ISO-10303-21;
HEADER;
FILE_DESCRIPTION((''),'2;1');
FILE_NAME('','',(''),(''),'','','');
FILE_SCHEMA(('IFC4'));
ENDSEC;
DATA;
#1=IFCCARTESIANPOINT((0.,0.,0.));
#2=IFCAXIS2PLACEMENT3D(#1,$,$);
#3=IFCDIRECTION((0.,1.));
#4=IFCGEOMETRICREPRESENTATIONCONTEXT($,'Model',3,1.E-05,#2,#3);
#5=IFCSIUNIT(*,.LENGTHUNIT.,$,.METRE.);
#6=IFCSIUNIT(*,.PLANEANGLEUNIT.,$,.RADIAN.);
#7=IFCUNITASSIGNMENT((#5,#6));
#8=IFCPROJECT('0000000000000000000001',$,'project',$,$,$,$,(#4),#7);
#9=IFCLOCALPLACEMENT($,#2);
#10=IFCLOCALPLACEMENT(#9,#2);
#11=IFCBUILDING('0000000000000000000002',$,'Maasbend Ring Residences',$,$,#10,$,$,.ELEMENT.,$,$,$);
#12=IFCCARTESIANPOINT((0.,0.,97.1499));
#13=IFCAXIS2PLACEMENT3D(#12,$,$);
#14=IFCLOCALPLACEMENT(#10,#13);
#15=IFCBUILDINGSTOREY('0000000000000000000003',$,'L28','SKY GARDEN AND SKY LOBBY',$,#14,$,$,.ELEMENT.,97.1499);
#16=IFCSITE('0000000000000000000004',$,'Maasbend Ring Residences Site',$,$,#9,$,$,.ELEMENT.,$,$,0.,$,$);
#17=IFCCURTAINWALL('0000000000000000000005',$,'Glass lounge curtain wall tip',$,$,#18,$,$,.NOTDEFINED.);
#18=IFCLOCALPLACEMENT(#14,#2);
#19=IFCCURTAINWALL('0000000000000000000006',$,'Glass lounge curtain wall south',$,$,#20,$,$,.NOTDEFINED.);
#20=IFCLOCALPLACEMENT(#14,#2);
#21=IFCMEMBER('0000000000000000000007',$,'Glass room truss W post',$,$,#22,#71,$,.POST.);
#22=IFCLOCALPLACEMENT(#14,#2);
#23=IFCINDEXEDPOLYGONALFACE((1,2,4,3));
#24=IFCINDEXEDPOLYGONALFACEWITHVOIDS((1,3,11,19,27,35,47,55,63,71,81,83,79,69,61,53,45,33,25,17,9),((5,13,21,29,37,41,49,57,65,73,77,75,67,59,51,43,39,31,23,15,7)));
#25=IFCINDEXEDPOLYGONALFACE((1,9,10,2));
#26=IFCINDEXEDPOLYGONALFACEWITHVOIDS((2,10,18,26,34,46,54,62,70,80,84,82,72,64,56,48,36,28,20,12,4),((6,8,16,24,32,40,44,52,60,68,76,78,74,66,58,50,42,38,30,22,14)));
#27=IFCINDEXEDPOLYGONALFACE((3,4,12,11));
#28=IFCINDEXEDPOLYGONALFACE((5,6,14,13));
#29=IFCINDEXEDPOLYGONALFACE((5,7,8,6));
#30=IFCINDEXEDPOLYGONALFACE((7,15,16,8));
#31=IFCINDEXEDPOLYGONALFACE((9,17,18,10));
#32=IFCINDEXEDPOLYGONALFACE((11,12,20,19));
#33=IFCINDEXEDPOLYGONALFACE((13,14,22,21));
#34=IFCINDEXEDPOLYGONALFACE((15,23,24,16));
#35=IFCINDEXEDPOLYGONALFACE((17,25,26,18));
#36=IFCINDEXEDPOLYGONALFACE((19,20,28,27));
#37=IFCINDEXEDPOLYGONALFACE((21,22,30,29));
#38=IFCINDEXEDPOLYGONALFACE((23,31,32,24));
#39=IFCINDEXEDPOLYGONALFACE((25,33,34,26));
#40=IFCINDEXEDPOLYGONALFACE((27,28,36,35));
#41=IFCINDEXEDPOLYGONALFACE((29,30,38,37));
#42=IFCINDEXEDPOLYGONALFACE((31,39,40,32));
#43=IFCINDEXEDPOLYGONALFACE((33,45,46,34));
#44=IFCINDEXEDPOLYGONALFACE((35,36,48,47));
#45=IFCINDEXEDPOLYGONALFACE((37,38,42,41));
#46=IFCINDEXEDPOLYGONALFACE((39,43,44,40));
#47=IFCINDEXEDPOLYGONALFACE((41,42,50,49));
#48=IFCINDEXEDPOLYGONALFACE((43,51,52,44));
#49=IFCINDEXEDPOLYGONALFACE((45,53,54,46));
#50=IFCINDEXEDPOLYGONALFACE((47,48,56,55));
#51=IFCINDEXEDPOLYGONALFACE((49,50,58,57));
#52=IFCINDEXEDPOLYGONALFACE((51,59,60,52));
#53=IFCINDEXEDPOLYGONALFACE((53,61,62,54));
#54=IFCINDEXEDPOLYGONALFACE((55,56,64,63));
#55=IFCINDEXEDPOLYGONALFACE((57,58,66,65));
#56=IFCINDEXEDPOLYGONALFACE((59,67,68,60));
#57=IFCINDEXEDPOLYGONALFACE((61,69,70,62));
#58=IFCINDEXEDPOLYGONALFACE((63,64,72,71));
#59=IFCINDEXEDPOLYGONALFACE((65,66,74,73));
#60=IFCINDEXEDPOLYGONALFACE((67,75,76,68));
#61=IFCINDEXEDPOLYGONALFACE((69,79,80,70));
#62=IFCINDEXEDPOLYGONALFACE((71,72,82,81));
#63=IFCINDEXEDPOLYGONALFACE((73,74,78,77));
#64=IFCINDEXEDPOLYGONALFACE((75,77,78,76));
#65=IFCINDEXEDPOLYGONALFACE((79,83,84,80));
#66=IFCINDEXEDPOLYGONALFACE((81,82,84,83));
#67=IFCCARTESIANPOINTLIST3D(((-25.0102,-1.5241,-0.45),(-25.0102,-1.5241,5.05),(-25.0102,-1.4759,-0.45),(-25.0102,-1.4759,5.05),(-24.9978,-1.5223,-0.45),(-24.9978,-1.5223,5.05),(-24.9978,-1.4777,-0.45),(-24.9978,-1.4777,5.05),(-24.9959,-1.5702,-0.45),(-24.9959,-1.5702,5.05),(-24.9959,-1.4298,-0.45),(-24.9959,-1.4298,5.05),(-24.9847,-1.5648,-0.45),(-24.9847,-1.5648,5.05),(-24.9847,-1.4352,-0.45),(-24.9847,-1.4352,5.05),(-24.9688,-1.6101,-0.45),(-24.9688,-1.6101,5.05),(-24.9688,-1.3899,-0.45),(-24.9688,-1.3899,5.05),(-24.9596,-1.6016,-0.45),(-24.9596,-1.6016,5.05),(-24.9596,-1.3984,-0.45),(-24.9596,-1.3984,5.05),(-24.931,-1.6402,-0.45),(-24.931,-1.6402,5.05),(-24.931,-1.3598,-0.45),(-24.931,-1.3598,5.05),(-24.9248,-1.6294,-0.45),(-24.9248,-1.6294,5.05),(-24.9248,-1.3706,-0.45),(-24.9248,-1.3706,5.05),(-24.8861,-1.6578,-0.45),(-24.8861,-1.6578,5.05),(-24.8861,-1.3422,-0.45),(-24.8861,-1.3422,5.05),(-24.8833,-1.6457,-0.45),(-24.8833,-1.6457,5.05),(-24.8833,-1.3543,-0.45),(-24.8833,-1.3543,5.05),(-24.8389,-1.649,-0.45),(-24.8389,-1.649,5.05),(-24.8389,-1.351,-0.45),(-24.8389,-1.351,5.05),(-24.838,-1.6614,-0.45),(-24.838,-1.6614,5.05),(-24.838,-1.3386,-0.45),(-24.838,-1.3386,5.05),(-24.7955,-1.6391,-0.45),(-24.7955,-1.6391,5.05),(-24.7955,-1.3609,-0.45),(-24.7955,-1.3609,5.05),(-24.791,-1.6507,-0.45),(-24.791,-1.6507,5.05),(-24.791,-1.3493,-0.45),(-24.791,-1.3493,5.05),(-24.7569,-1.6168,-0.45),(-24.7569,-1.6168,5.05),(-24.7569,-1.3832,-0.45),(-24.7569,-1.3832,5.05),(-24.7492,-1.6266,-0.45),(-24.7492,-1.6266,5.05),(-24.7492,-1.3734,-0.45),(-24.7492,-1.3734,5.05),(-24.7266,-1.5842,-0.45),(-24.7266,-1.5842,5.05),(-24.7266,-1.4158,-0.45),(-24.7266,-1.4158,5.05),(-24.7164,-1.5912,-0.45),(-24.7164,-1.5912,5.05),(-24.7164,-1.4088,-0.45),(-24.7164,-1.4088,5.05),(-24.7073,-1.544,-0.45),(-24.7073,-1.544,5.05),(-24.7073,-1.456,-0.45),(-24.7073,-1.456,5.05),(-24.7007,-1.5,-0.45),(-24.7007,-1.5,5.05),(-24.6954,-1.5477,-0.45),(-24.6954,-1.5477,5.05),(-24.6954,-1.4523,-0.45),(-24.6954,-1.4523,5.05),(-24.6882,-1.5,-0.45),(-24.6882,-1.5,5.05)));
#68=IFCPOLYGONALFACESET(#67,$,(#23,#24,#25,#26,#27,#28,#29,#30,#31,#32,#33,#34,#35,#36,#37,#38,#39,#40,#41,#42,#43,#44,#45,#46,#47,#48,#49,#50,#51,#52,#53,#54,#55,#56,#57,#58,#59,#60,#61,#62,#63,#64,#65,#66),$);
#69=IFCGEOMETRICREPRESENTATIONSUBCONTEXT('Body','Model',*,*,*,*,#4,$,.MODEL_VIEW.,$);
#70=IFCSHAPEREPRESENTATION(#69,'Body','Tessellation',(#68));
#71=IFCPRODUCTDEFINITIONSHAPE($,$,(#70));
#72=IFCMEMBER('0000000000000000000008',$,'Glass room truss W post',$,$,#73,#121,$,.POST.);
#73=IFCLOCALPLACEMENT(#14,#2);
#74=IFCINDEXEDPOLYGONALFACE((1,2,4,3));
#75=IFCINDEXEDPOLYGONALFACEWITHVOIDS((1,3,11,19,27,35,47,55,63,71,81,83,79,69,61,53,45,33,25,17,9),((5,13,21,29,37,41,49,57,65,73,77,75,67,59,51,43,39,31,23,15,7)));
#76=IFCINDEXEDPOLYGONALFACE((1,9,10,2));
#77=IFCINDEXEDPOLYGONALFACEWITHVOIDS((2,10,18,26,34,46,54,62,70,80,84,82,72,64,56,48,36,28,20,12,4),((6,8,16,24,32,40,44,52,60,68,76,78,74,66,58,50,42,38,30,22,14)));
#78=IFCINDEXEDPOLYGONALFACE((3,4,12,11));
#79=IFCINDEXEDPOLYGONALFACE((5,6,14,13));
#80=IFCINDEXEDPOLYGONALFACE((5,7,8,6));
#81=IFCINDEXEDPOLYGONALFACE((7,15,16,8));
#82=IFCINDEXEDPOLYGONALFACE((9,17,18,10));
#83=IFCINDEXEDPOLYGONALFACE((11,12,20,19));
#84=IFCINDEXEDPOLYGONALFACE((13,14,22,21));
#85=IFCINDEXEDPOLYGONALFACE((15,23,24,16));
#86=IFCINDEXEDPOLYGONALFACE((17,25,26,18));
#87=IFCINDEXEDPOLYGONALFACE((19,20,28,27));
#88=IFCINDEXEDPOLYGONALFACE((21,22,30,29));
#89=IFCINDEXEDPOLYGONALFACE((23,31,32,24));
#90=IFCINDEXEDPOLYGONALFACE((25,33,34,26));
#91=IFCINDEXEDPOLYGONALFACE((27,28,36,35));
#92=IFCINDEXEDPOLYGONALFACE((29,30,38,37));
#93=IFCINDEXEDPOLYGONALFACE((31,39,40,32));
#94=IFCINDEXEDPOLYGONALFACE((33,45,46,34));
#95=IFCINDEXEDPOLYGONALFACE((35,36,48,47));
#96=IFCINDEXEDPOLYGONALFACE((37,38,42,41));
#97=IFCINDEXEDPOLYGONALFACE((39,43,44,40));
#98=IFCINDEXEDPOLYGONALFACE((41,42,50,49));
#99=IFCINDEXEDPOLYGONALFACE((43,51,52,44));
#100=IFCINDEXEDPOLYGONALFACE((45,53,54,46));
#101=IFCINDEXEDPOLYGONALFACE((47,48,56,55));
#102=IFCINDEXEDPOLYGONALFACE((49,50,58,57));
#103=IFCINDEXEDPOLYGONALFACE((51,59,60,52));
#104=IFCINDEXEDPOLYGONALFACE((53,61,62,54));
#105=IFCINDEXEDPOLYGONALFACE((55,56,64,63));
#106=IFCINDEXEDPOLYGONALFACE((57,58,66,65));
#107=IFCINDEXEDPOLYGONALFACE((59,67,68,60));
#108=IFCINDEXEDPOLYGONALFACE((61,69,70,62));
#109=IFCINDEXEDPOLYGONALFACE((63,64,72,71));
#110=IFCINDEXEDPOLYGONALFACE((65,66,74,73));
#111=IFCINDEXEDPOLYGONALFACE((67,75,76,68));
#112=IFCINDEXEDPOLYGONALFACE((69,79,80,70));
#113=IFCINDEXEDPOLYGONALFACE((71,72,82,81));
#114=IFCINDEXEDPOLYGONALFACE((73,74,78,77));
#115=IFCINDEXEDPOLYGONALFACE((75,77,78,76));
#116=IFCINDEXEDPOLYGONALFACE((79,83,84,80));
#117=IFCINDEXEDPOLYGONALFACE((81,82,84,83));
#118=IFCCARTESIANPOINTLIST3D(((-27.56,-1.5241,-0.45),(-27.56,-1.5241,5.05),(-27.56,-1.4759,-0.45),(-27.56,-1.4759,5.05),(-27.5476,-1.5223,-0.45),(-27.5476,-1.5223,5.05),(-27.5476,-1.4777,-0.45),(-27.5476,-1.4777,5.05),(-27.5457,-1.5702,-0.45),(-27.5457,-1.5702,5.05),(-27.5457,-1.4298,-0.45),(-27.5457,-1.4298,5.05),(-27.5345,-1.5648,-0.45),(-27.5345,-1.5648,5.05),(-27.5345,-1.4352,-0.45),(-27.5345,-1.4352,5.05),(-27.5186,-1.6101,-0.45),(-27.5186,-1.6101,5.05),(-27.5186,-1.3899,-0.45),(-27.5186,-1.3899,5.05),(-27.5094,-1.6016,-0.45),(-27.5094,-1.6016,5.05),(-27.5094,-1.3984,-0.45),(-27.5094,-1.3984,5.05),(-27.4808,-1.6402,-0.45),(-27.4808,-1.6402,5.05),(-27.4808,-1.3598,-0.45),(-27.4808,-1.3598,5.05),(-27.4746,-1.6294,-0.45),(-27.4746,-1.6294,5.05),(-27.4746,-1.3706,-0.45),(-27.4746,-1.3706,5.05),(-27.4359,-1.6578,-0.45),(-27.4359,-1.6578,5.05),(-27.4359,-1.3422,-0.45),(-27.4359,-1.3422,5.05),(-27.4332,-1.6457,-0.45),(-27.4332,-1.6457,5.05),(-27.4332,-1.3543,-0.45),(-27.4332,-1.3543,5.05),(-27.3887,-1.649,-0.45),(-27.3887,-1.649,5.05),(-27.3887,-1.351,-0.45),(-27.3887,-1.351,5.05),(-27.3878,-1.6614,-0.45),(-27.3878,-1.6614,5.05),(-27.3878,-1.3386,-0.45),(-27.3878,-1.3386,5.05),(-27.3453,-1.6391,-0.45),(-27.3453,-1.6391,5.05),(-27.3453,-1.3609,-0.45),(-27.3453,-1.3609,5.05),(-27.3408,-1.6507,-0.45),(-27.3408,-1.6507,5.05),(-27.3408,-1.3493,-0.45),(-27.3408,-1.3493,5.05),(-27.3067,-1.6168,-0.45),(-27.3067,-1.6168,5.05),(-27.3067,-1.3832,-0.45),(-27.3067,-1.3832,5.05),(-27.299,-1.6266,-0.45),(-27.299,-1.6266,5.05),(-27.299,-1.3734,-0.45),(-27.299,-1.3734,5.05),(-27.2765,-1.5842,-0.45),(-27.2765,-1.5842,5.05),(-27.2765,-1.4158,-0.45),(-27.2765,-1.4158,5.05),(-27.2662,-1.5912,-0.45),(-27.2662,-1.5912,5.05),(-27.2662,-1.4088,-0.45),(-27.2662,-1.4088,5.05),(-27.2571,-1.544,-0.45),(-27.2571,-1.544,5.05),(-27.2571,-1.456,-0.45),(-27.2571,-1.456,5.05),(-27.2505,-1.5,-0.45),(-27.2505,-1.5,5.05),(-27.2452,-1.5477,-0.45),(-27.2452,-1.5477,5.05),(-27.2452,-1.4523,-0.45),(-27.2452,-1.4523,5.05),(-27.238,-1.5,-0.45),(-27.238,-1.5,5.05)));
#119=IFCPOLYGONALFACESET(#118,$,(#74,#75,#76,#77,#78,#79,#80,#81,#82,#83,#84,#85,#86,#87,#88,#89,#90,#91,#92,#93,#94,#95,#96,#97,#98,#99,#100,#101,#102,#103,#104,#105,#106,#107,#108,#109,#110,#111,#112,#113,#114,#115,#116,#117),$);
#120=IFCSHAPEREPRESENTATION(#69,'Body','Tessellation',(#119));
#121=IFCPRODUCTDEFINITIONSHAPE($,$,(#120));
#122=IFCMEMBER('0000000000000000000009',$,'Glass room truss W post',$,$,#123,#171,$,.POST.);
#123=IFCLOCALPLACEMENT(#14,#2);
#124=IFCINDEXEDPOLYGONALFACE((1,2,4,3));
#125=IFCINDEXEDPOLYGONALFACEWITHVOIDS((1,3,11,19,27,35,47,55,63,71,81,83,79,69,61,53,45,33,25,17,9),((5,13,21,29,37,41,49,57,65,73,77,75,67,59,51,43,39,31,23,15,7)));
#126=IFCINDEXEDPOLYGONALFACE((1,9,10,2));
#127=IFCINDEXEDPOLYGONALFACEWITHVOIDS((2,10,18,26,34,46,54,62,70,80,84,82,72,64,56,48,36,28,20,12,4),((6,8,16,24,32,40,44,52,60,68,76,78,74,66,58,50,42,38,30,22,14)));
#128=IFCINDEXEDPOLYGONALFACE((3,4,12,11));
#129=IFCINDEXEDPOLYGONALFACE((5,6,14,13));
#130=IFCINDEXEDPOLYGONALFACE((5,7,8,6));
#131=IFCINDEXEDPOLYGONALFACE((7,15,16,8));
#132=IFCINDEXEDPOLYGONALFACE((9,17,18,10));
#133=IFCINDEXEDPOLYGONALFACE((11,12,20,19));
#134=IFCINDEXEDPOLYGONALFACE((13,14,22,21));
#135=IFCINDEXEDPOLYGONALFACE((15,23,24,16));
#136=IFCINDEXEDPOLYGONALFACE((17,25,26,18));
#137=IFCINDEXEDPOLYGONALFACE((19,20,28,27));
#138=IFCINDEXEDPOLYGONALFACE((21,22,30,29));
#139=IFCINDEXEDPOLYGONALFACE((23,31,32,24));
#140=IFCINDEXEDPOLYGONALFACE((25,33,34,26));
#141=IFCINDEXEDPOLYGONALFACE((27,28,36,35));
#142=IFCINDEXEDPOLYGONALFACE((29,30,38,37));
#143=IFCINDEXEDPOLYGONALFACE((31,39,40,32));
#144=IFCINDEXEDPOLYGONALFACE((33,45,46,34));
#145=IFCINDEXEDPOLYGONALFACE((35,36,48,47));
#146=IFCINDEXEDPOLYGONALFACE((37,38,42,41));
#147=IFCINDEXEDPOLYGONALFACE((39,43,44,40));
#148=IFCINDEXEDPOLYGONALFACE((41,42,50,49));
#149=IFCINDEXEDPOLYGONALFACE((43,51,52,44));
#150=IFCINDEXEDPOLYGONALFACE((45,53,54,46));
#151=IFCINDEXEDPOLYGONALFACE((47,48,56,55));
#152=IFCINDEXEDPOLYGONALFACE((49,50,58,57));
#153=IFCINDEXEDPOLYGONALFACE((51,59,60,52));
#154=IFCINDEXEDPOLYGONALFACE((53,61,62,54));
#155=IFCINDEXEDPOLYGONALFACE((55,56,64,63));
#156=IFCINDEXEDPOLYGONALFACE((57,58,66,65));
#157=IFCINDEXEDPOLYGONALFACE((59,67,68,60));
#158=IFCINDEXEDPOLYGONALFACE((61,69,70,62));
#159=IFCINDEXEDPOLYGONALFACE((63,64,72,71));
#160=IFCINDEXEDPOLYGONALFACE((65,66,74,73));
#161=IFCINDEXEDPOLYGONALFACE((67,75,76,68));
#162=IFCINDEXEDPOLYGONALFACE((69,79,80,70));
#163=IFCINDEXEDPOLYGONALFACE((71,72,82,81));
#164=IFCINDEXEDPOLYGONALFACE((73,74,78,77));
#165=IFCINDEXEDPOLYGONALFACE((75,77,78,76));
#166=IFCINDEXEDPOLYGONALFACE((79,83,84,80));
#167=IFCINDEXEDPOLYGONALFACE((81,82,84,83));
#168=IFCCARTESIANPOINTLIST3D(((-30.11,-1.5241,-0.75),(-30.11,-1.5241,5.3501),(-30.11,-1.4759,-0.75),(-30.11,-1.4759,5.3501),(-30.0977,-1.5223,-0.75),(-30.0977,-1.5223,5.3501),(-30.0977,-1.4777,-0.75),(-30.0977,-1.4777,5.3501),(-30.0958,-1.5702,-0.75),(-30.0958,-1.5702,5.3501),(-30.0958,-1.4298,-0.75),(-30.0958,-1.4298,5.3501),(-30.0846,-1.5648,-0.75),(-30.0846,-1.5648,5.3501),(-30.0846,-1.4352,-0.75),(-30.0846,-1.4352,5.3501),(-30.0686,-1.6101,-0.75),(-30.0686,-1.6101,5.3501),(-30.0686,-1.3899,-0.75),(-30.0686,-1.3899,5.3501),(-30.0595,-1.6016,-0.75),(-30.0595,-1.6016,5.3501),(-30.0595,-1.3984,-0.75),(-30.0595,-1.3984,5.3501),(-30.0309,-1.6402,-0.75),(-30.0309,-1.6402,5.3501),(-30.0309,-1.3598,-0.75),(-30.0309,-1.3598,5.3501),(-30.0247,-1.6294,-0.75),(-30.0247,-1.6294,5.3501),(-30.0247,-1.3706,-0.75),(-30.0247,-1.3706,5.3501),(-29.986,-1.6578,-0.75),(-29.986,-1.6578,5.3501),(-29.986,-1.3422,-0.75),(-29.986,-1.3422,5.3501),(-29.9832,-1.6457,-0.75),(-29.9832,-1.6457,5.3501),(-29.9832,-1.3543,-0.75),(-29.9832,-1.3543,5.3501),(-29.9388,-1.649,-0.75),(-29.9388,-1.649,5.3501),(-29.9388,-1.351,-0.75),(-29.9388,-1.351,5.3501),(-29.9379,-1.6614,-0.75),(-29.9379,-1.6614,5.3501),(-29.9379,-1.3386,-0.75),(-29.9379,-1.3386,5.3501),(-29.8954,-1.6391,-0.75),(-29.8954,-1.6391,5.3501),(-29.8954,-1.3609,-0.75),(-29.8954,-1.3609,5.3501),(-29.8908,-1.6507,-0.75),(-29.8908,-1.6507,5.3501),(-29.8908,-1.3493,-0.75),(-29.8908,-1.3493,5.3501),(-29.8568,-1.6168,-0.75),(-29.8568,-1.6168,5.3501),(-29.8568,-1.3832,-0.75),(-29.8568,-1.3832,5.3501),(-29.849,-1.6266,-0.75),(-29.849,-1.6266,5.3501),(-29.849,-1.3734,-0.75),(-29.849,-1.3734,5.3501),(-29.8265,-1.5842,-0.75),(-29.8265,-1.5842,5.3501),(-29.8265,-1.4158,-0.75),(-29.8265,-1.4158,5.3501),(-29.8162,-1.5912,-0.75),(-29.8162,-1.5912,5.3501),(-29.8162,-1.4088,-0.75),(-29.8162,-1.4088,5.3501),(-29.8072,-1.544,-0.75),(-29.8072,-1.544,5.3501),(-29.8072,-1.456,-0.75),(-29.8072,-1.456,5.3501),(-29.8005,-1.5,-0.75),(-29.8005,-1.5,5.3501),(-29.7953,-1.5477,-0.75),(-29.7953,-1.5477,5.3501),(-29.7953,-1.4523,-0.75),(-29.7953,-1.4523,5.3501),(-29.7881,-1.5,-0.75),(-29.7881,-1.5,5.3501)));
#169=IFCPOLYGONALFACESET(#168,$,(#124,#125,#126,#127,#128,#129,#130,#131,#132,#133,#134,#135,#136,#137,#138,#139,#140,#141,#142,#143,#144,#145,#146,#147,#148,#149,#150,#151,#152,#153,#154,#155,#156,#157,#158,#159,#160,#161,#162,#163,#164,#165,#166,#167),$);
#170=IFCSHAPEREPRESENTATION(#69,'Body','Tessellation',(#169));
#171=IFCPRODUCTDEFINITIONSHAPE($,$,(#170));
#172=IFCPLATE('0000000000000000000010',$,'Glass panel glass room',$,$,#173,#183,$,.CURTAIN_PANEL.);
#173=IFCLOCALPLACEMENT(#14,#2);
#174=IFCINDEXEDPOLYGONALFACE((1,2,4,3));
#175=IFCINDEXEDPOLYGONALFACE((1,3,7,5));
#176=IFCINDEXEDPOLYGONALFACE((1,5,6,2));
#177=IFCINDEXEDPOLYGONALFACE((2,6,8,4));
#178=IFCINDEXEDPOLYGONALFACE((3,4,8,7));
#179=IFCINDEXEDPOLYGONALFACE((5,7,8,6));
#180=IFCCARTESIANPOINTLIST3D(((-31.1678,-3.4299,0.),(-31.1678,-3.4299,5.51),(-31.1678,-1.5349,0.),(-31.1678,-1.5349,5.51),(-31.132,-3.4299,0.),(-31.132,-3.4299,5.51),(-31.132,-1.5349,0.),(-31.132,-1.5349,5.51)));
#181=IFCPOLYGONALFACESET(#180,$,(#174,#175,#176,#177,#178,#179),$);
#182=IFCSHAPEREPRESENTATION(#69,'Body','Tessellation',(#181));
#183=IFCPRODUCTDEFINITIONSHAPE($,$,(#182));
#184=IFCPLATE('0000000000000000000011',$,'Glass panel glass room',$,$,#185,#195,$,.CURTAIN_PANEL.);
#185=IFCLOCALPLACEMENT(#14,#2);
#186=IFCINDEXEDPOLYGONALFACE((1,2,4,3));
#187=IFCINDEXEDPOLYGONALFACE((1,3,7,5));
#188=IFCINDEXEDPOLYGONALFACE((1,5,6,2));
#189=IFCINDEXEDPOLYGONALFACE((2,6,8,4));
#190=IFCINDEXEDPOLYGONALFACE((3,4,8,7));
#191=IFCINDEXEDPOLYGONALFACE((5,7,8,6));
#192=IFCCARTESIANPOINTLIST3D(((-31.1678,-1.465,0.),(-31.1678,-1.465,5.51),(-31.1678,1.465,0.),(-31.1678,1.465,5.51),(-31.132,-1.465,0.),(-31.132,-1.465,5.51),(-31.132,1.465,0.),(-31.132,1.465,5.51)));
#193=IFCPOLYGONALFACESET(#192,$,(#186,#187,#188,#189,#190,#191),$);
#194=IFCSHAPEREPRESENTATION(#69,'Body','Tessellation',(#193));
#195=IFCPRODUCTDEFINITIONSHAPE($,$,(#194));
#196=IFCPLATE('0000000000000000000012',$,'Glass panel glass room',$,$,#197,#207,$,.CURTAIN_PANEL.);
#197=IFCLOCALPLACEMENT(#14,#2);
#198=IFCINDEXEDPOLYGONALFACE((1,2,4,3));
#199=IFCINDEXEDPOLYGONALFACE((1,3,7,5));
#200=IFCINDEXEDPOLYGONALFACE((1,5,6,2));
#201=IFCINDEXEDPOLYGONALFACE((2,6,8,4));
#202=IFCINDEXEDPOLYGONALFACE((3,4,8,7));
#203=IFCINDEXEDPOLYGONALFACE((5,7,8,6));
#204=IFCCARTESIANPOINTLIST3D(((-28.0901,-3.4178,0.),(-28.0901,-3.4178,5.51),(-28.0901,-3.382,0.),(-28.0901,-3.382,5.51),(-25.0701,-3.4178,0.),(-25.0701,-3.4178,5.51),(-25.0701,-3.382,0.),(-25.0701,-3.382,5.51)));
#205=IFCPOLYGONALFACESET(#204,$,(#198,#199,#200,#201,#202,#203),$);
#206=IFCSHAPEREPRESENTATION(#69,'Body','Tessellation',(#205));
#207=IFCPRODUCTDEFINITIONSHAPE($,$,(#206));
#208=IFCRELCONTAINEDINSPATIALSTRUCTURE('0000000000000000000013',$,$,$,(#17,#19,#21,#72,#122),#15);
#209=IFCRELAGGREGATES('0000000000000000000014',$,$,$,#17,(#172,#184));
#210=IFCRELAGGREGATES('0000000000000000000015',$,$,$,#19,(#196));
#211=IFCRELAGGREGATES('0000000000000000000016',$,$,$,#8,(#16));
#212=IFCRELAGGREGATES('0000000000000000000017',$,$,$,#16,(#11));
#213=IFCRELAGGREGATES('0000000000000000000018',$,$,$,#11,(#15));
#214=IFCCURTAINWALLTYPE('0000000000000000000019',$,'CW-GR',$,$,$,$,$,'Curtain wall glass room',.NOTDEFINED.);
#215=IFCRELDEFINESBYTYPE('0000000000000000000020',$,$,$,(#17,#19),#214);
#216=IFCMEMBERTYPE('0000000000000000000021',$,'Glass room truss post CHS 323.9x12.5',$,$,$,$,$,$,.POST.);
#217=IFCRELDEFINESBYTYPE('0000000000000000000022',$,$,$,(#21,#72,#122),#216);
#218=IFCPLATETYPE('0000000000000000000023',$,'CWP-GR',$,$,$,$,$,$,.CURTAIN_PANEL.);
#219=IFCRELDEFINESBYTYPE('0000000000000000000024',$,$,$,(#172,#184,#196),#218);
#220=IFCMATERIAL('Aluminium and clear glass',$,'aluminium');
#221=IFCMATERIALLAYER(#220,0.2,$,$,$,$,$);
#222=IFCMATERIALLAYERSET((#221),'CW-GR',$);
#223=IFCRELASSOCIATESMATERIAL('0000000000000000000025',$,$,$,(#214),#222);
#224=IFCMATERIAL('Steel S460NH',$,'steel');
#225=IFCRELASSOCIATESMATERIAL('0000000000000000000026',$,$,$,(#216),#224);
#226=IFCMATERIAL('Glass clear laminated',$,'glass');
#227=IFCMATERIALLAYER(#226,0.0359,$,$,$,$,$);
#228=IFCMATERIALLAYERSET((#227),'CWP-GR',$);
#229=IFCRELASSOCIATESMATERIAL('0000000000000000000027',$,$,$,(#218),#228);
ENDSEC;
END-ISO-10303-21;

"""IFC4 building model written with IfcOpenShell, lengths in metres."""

from ifc_helpers import new_model, si_unit, direction, frame, origin, origin_2d, place, context, subcontext, project, spatial, rectangle, hollow_circle, extrude, material, layer, layer_set, material_profile, profile_set, type_object, element, aggregate, save


model = new_model("IFC4")

# Units and contexts
model_context = context("Model", 3, precision=1e-05, world=origin(), true_north=direction((0.0, 1.0)))
body_context = subcontext(model_context, "Body", "Model", "MODEL_VIEW")
ifc_project = project(units=[si_unit("LENGTHUNIT", "METRE"), si_unit("PLANEANGLEUNIT", "RADIAN")], contexts=[model_context])

# Site, building, storey
site_placement = place(None, origin())
site = spatial("IfcSite", under=ifc_project, at=site_placement, Name="Maasbend Ring Residences Site", CompositionType="ELEMENT", RefElevation=0.0)
building_placement = place(site_placement, origin())
building = spatial("IfcBuilding", under=site, at=building_placement, Name="Maasbend Ring Residences", CompositionType="ELEMENT")
storey_placement = place(building_placement, frame((0.0, 0.0, 97.1499)))
storey = spatial("IfcBuildingStorey", under=building, at=storey_placement, Name="L28", Description="SKY GARDEN AND SKY LOBBY", CompositionType="ELEMENT", Elevation=97.1499)

# Curtain wall
ifc_material_1 = material(Name="Aluminium and clear glass", Category="aluminium")
ifc_layer_1 = layer(ifc_material_1, 0.2)
ifc_layer_set_1 = layer_set([ifc_layer_1], Name="CW-GR")
curtain_wall_type = type_object("IfcCurtainWallType", Name="CW-GR", ElementType="Curtain wall glass room", PredefinedType="NOTDEFINED", material=ifc_layer_set_1)
curtain_wall_1_placement = place(storey_placement, origin())
curtain_wall_1 = element("IfcCurtainWall", 1, at=curtain_wall_1_placement, inside=storey, type_object=curtain_wall_type, Name="Glass lounge curtain wall tip", PredefinedType="NOTDEFINED")

# Curtain wall
curtain_wall_2_placement = place(storey_placement, origin())
curtain_wall_2 = element("IfcCurtainWall", 2, at=curtain_wall_2_placement, inside=storey, type_object=curtain_wall_type, Name="Glass lounge curtain wall south", PredefinedType="NOTDEFINED")

# Members
ifc_material_2 = material(Name="Steel S460NH", Category="steel")
ifc_material_profile_1 = material_profile(ifc_material_2, hollow_circle(Radius=0.1619, WallThickness=0.0125, at=origin_2d()), Name="Glass room truss post CHS 323.9x12.5")
ifc_profile_set_1 = profile_set([ifc_material_profile_1], Name="Steel S460NH")
member_type_1 = type_object("IfcMemberType", Name="Glass room truss post CHS 323.9x12.5", PredefinedType="POST", material=ifc_profile_set_1)
for number, where, z_axis, x_axis, name in (
    (3, (-24.8501, -1.5, -0.45), (0.0, 0.0, 1.0), (1.0, 0.0, 0.0), "Glass room truss W post"),
    (4, (-27.3999, -1.5, -0.45), (0.0, 0.0, 1.0), (1.0, 0.0, 0.0), "Glass room truss W post"),
):
    element("IfcMember", number, at=place(storey_placement, frame(where, z_axis=z_axis, x_axis=x_axis)), inside=storey, type_object=member_type_1, Name=name, PredefinedType="POST", context=body_context, shape_type="SweptSolid", body=[
        extrude(hollow_circle(Radius=0.1619, WallThickness=0.0125, at=origin_2d()), origin(), (0.0, 0.0, 1.0), 5.5),
    ])
member_1_placement = place(storey_placement, frame((-29.95, -1.5, -0.75), z_axis=(0.0, 0.0, 1.0), x_axis=(1.0, 0.0, 0.0)))
element("IfcMember", 5, at=member_1_placement, inside=storey, type_object=member_type_1, Name="Glass room truss W post", PredefinedType="POST", context=body_context, shape_type="SweptSolid", body=[
    extrude(hollow_circle(Radius=0.1619, WallThickness=0.0125, at=origin_2d()), origin(), (0.0, 0.0, 1.0), 6.1001),
])

# Plates
ifc_material_3 = material(Name="Glass clear laminated", Category="glass")
ifc_layer_2 = layer(ifc_material_3, 0.0359)
ifc_layer_set_2 = layer_set([ifc_layer_2], Name="CWP-GR")
plate_type = type_object("IfcPlateType", Name="CWP-GR", PredefinedType="CURTAIN_PANEL", material=ifc_layer_set_2)
plate_1_placement = place(storey_placement, frame((-31.1499, -2.4824, 0.0), z_axis=(0.0, 0.0, 1.0), x_axis=(0.0, 1.0, 0.0)))
plate_1 = element("IfcPlate", 6, at=plate_1_placement, type_object=plate_type, Name="Glass panel glass room", PredefinedType="CURTAIN_PANEL", context=body_context, shape_type="SweptSolid", body=[
    extrude(rectangle(XDim=1.895, YDim=0.0359, at=origin_2d()), origin(), (0.0, 0.0, 1.0), 5.51),
])
plate_2_placement = place(storey_placement, frame((-31.1499, 0.0, 0.0), z_axis=(0.0, 0.0, 1.0), x_axis=(0.0, 1.0, 0.0)))
plate_2 = element("IfcPlate", 7, at=plate_2_placement, type_object=plate_type, Name="Glass panel glass room", PredefinedType="CURTAIN_PANEL", context=body_context, shape_type="SweptSolid", body=[
    extrude(rectangle(XDim=2.9299, YDim=0.0359, at=origin_2d()), origin(), (0.0, 0.0, 1.0), 5.51),
])
aggregate(curtain_wall_1, [plate_1, plate_2])
plate_3_placement = place(storey_placement, frame((-26.5801, -3.3999, 0.0), z_axis=(0.0, 0.0, 1.0), x_axis=(-1.0, 0.0, 0.0)))
plate_3 = element("IfcPlate", 8, at=plate_3_placement, type_object=plate_type, Name="Glass panel glass room", PredefinedType="CURTAIN_PANEL", context=body_context, shape_type="SweptSolid", body=[
    extrude(rectangle(XDim=3.02, YDim=0.0359, at=origin_2d()), origin(), (0.0, 0.0, 1.0), 5.51),
])
aggregate(curtain_wall_2, [plate_3])

save(model, "model.ifc")
